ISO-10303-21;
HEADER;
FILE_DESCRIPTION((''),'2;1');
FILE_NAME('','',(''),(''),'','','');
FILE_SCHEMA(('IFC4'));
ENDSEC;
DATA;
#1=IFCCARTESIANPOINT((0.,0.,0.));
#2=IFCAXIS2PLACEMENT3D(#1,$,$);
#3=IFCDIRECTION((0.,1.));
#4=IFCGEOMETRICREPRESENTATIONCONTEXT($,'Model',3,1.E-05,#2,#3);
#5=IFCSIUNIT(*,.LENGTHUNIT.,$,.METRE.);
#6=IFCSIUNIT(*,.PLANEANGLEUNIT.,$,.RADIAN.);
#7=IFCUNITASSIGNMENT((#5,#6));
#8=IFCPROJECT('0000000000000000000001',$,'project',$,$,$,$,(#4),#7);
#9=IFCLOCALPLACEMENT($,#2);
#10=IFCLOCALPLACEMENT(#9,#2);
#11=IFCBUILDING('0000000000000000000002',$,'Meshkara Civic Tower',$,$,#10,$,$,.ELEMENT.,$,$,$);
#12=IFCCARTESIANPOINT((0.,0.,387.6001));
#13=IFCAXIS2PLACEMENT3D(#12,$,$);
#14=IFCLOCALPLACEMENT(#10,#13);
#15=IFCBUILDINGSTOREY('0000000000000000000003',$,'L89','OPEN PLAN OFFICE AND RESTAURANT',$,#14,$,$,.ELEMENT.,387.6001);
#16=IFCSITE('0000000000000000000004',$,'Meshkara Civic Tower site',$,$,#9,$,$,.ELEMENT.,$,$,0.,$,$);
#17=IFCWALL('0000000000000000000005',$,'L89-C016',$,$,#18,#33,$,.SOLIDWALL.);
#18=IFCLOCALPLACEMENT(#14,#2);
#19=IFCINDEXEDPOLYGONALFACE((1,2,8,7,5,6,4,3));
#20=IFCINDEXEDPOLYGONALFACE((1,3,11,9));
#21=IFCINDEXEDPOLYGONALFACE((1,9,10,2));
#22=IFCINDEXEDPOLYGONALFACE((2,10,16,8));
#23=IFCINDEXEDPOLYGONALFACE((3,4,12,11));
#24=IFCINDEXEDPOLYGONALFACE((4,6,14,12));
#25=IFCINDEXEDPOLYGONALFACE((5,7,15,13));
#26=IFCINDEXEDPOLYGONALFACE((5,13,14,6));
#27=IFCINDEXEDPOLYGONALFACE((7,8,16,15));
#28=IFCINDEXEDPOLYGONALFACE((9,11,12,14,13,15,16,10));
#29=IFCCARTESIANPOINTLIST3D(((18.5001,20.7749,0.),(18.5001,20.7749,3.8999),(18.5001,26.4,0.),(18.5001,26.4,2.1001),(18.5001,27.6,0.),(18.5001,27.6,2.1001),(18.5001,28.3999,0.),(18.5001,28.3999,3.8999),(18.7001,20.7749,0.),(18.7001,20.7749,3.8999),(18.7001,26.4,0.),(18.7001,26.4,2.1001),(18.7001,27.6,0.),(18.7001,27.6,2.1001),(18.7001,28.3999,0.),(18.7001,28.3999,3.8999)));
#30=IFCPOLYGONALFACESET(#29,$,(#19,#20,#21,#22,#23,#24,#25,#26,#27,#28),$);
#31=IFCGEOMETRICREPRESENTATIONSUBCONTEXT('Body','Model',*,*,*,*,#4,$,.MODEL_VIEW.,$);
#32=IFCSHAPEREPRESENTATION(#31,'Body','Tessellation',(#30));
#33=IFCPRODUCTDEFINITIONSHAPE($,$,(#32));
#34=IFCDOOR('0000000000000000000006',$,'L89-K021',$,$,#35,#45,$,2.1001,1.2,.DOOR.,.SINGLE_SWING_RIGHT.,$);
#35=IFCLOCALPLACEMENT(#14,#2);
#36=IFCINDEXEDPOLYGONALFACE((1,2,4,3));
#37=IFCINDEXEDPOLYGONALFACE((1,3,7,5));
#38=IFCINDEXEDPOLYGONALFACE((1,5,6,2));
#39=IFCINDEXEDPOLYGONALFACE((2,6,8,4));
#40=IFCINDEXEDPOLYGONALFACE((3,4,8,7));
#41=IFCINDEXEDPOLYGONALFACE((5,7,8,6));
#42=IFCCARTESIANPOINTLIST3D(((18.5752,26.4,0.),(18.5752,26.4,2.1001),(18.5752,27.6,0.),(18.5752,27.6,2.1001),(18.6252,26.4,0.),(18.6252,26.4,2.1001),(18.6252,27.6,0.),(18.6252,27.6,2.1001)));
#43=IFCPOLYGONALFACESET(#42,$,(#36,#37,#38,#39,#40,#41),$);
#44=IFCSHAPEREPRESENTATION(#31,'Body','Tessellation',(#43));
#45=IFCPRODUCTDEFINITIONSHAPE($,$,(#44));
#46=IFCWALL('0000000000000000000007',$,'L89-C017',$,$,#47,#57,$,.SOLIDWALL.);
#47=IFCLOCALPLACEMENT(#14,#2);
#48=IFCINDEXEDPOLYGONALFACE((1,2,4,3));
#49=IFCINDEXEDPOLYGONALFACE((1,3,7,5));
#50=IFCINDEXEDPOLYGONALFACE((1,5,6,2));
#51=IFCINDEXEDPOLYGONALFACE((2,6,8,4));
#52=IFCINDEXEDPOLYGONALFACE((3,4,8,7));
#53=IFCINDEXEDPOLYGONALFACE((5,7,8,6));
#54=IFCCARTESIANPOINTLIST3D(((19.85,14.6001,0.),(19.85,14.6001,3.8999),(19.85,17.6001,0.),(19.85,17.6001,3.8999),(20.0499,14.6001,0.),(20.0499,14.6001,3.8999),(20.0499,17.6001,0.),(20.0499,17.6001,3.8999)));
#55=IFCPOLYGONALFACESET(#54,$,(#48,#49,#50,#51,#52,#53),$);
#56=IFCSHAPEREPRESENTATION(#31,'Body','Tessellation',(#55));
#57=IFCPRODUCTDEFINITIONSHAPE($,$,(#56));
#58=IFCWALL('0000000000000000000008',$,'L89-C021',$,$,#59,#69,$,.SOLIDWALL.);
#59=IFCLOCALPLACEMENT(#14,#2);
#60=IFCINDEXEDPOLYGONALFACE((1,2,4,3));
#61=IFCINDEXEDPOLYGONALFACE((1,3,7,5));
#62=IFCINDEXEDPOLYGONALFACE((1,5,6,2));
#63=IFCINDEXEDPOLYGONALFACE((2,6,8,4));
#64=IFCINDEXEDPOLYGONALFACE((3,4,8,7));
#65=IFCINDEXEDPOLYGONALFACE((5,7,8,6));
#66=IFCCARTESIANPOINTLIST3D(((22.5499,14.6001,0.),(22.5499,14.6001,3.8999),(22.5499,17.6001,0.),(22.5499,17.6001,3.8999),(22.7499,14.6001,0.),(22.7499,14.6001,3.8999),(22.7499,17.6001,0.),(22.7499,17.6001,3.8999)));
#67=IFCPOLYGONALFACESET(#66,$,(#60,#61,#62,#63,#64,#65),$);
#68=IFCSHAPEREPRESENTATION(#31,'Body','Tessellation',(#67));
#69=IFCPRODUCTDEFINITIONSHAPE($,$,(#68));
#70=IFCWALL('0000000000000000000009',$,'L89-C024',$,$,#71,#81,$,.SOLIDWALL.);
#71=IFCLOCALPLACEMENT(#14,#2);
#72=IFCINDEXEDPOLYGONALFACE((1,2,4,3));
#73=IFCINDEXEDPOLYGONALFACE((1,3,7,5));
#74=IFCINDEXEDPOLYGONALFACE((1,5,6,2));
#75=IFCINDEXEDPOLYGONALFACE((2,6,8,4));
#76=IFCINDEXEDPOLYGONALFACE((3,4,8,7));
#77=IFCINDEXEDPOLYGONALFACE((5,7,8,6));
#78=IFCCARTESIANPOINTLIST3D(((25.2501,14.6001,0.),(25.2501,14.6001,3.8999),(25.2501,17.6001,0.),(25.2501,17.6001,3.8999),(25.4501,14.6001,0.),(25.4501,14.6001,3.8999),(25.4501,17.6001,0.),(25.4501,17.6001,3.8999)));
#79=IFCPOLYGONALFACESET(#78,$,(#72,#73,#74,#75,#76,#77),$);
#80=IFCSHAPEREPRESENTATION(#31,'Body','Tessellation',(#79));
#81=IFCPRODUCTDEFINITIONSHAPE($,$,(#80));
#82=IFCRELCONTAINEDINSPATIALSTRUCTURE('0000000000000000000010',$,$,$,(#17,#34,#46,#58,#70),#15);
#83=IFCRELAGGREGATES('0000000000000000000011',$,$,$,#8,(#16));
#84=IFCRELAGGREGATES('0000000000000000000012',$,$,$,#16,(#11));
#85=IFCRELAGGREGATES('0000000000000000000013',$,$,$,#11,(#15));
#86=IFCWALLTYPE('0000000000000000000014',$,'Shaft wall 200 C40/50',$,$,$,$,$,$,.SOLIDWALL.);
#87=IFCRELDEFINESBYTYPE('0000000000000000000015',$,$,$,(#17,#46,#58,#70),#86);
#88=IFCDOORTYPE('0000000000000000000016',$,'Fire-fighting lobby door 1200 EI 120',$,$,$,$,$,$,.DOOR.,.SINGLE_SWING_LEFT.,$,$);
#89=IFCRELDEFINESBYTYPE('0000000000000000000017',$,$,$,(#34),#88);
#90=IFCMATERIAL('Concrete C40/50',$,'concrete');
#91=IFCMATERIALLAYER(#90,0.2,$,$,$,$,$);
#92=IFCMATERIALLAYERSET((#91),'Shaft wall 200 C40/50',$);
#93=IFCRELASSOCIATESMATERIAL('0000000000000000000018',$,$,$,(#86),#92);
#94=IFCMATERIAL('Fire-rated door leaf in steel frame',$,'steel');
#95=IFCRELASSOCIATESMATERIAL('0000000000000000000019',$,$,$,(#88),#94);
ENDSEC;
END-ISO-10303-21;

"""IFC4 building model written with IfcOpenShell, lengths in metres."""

from ifc_helpers import new_model, si_unit, direction, frame, frame_2d, origin, place, context, subcontext, project, spatial, rectangle, extrude, material, layer, layer_set, type_object, element, fill, save


model = new_model("IFC4")

# Units and contexts
model_context = context("Model", 3, precision=1e-05, world=origin(), true_north=direction((0.0, 1.0)))
body_context = subcontext(model_context, "Body", "Model", "MODEL_VIEW")
ifc_project = project(units=[si_unit("LENGTHUNIT", "METRE"), si_unit("PLANEANGLEUNIT", "RADIAN")], contexts=[model_context])

# Site, building, storey
site_placement = place(None, origin())
site = spatial("IfcSite", under=ifc_project, at=site_placement, Name="Meshkara Civic Tower site", CompositionType="ELEMENT", RefElevation=0.0)
building_placement = place(site_placement, origin())
building = spatial("IfcBuilding", under=site, at=building_placement, Name="Meshkara Civic Tower", CompositionType="ELEMENT")
storey_placement = place(building_placement, frame((0.0, 0.0, 387.6001)))
storey = spatial("IfcBuildingStorey", under=building, at=storey_placement, Name="L89", Description="OPEN PLAN OFFICE AND RESTAURANT", CompositionType="ELEMENT", Elevation=387.6001)

# Shared definitions
ifc_material_1 = material(Name="Concrete C40/50", Category="concrete")
ifc_layer_1 = layer(ifc_material_1, 0.2)
ifc_layer_set_1 = layer_set([ifc_layer_1], Name="Shaft wall 200 C40/50")
wall_type_1 = type_object("IfcWallType", Name="Shaft wall 200 C40/50", PredefinedType="SOLIDWALL", material=ifc_layer_set_1)

# Wall, opening, door
wall_1_placement = place(storey_placement, frame((18.6001, 20.7749, 0.0), z_axis=(0.0, 0.0, 1.0), x_axis=(0.0, 1.0, 0.0)))
wall_1 = element("IfcWall", 1, at=wall_1_placement, inside=storey, type_object=wall_type_1, Name="L89-C016", PredefinedType="SOLIDWALL", context=body_context, shape_type="SweptSolid", body=[
    extrude(rectangle(XDim=7.625, YDim=0.2, at=frame_2d((3.8125, 0.0))), origin(), (0.0, 0.0, 1.0), 3.8999),
])
opening_1_placement = place(wall_1_placement, frame((5.625, 0.0, 0.0)))
opening_1 = element("IfcOpeningElement", 2, at=opening_1_placement, cuts=wall_1, PredefinedType="OPENING", context=body_context, shape_type="SweptSolid", body=[
    extrude(rectangle(XDim=1.2, YDim=2.1001, at=frame_2d((0.6001, 1.05))), frame((0.0, 0.1099, 0.0), z_axis=(0.0, -1.0, 0.0), x_axis=(1.0, 0.0, 0.0)), (0.0, 0.0, 1.0), 0.22),
])
ifc_material_2 = material(Name="Fire-rated door leaf in steel frame", Category="steel")
door_type_1 = type_object("IfcDoorType", Name="Fire-fighting lobby door 1200 EI 120", OperationType="SINGLE_SWING_LEFT", PredefinedType="DOOR", material=ifc_material_2)
door_1_placement = place(opening_1_placement, origin())
door_1 = element("IfcDoor", 3, at=door_1_placement, inside=storey, type_object=door_type_1, Name="L89-K021", OperationType="SINGLE_SWING_RIGHT", OverallHeight=2.1001, OverallWidth=1.2, PredefinedType="DOOR", context=body_context, shape_type="SweptSolid", body=[
    extrude(rectangle(XDim=1.2, YDim=2.1001, at=frame_2d((0.6001, 1.05))), frame((0.0, 0.0249, 0.0), z_axis=(0.0, -1.0, 0.0), x_axis=(1.0, 0.0, 0.0)), (0.0, 0.0, 1.0), 0.05),
])
fill(opening_1, door_1)

# Walls
for number, where, z_axis, x_axis, name in (
    (4, (19.95, 14.6001, 0.0), (0.0, 0.0, 1.0), (0.0, 1.0, 0.0), "L89-C017"),
    (5, (22.6499, 14.6001, 0.0), (0.0, 0.0, 1.0), (0.0, 1.0, 0.0), "L89-C021"),
    (6, (25.3501, 14.6001, 0.0), (0.0, 0.0, 1.0), (0.0, 1.0, 0.0), "L89-C024"),
):
    element("IfcWall", number, at=place(storey_placement, frame(where, z_axis=z_axis, x_axis=x_axis)), inside=storey, type_object=wall_type_1, Name=name, PredefinedType="SOLIDWALL", context=body_context, shape_type="SweptSolid", body=[
        extrude(rectangle(XDim=3.0, YDim=0.2, at=frame_2d((1.5, 0.0))), origin(), (0.0, 0.0, 1.0), 3.8999),
    ])

save(model, "model.ifc")
